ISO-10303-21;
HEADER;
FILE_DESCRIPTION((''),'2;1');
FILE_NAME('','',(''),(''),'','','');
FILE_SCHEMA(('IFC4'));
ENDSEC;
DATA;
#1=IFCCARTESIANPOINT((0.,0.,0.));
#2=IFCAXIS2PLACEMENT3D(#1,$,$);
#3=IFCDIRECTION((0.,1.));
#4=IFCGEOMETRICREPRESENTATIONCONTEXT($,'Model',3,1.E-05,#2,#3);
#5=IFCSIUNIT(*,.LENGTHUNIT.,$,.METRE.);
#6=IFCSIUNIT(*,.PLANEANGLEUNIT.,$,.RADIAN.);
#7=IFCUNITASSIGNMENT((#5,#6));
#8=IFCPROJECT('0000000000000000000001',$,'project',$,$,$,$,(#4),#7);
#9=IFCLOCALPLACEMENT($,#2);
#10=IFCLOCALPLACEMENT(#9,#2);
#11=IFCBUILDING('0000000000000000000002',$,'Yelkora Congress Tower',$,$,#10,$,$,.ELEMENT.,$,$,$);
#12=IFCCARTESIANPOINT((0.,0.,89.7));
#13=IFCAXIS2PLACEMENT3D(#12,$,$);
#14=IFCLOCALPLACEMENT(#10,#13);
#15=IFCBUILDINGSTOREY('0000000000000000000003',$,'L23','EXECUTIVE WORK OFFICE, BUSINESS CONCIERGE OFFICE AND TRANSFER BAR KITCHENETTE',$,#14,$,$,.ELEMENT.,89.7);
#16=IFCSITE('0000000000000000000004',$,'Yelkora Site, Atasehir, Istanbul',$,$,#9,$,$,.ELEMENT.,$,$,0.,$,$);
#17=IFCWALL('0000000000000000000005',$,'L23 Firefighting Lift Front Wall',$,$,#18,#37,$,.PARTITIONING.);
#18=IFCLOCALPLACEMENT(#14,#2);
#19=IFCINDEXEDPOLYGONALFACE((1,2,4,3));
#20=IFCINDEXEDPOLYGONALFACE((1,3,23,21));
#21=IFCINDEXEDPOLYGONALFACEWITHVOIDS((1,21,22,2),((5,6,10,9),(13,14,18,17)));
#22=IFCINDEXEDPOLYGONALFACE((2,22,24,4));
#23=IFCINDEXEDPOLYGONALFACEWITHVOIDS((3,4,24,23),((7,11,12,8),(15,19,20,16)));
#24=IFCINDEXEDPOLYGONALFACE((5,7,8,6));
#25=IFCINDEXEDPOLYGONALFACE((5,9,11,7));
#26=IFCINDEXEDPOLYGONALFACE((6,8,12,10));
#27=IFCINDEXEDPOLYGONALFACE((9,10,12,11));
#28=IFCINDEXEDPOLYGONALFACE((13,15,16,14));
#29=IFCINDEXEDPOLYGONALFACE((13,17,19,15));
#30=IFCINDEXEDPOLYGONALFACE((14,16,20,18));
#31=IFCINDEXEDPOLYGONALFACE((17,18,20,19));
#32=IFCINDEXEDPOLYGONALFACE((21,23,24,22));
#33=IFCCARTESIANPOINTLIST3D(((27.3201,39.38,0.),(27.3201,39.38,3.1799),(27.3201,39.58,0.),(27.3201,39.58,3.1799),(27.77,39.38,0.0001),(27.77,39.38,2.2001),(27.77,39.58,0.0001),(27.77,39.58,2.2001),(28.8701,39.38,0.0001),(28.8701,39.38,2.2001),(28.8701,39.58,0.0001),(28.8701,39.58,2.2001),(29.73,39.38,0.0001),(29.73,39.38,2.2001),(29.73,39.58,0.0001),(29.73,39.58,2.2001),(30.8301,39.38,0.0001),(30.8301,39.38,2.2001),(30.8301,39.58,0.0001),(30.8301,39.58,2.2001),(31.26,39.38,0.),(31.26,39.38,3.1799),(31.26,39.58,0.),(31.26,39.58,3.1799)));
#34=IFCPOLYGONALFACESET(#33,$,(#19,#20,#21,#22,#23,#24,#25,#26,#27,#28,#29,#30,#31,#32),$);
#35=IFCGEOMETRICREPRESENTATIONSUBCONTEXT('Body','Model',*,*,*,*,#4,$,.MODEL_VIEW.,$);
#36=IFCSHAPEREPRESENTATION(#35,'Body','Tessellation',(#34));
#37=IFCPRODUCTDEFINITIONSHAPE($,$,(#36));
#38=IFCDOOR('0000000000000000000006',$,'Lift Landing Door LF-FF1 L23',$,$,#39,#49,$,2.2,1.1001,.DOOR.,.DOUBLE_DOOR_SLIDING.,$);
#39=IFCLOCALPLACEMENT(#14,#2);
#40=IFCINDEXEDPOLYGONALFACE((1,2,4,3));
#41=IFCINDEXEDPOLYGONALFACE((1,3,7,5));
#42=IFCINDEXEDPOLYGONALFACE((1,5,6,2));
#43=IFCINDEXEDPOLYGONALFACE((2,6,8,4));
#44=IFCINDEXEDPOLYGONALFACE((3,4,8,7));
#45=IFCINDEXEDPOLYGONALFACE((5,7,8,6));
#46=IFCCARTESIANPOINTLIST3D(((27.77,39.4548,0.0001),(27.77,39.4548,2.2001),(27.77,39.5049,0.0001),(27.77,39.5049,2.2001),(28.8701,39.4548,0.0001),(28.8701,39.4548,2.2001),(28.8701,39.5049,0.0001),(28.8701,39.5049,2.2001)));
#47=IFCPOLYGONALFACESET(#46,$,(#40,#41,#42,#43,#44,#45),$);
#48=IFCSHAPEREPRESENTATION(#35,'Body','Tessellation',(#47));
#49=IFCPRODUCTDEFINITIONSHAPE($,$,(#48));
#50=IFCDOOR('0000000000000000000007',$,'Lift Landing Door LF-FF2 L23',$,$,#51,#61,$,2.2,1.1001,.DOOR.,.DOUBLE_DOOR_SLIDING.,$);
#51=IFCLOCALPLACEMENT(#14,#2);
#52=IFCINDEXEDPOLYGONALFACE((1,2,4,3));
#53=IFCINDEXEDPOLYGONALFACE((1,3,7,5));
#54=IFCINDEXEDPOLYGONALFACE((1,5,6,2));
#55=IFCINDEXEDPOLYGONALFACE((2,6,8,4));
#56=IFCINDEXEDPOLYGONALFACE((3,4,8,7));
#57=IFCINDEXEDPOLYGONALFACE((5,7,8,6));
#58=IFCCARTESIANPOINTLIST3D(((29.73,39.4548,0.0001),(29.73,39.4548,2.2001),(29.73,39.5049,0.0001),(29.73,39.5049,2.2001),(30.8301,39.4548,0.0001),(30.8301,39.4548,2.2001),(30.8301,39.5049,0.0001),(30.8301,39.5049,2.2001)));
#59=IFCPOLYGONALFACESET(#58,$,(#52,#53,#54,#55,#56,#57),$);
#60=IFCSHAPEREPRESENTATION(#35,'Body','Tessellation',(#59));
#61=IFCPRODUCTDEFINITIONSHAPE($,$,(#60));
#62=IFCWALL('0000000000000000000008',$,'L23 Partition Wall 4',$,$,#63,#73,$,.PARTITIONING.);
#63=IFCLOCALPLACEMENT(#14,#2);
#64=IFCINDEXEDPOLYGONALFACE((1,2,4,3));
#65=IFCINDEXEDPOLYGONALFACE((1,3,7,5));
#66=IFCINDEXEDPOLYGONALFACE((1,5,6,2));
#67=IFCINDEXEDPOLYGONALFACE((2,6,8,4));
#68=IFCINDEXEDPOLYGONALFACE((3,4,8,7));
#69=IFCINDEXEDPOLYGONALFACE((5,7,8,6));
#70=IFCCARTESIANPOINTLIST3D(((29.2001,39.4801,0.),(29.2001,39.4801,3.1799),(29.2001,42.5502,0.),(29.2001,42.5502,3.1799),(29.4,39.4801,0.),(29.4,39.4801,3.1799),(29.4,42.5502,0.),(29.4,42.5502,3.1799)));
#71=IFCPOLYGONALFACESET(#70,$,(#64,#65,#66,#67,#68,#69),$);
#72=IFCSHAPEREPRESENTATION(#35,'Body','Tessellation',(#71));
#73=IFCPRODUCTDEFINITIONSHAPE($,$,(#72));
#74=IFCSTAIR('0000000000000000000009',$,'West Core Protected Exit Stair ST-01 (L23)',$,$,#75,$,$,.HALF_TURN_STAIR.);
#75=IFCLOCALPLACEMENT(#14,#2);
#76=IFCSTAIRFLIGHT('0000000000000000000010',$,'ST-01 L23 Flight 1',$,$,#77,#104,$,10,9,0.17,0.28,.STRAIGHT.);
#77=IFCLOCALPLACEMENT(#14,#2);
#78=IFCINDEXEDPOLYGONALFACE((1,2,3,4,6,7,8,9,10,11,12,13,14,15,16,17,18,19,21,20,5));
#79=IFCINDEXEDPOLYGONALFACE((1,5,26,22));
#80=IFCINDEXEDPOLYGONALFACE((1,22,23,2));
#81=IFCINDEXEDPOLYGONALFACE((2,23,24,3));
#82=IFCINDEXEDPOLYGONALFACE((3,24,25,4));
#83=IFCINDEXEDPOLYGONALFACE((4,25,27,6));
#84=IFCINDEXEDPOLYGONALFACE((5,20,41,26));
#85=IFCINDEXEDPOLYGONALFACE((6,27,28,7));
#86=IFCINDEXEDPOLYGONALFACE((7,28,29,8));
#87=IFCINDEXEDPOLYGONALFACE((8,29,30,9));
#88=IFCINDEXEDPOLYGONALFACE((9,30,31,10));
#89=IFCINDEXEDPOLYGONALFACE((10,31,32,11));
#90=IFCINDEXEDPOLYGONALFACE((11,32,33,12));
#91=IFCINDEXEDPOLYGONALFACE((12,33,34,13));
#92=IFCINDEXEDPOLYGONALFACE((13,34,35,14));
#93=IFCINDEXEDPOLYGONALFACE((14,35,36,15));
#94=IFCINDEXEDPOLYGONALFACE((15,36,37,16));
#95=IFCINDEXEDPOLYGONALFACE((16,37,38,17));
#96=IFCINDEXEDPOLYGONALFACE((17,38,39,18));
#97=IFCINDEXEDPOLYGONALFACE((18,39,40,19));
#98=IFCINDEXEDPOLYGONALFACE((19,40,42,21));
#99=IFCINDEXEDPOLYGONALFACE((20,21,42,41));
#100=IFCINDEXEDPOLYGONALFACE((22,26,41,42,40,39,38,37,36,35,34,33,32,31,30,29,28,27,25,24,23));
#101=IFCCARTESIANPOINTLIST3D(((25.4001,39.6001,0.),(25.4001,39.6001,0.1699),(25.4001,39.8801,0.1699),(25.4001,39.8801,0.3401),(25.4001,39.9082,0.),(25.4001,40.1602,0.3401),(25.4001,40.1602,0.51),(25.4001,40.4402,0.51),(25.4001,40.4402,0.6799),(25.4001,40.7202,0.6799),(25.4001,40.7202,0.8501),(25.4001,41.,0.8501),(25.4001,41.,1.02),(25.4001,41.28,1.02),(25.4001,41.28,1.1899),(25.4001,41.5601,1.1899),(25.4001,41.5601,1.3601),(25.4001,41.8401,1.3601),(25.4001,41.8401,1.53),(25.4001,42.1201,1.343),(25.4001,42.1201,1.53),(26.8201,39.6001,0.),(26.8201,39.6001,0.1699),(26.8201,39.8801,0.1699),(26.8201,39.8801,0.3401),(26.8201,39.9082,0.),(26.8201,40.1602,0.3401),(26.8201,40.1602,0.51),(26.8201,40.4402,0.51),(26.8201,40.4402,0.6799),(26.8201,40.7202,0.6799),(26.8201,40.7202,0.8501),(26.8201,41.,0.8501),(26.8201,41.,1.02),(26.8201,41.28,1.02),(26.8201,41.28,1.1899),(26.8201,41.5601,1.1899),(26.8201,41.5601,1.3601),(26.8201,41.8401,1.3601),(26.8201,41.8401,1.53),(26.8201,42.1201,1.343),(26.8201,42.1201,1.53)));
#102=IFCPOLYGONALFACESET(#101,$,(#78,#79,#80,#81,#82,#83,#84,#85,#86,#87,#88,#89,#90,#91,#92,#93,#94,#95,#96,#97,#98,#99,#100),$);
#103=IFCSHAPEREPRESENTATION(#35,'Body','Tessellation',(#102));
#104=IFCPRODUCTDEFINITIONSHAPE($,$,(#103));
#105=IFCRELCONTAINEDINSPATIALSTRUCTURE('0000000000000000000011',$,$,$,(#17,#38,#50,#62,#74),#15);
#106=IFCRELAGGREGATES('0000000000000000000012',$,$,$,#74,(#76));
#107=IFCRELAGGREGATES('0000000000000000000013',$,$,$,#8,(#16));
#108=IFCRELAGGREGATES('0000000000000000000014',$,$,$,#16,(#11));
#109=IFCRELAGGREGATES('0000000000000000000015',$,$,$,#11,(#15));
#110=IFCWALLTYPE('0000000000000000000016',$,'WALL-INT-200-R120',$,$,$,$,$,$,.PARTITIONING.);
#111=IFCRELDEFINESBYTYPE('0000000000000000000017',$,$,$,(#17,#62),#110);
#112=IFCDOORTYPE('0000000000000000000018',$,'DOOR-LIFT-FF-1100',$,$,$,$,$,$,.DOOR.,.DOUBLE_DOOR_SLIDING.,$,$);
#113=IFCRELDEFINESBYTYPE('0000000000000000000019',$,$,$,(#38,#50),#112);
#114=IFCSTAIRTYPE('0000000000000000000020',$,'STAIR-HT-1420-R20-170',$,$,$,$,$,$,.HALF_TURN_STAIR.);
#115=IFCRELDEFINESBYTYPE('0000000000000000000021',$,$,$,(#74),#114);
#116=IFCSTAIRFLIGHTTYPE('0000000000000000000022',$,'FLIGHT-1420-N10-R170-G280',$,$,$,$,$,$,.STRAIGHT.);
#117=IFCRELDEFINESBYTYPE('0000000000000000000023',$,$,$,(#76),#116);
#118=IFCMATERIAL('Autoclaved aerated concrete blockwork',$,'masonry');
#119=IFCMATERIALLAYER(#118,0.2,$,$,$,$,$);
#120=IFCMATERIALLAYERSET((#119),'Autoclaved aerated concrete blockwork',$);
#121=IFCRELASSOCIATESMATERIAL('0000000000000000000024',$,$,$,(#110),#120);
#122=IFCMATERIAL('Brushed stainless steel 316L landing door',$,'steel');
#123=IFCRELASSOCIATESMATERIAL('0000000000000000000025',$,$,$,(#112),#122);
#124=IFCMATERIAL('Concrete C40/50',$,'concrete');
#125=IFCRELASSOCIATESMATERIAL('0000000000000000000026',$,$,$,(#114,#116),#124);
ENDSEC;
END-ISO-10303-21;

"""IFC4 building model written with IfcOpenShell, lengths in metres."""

from ifc_helpers import new_model, si_unit, direction, frame, frame_2d, origin, place, context, subcontext, project, spatial, polyline, rectangle, outline, extrude, material, layer, layer_set, type_object, element, fill, aggregate, save


model = new_model("IFC4")

# Units and contexts
model_context = context("Model", 3, precision=1e-05, world=origin(), true_north=direction((0.0, 1.0)))
body_context = subcontext(model_context, "Body", "Model", "MODEL_VIEW")
ifc_project = project(units=[si_unit("LENGTHUNIT", "METRE"), si_unit("PLANEANGLEUNIT", "RADIAN")], contexts=[model_context])

# Site, building, storey
site_placement = place(None, origin())
site = spatial("IfcSite", under=ifc_project, at=site_placement, Name="Yelkora Site, Atasehir, Istanbul", CompositionType="ELEMENT", RefElevation=0.0)
building_placement = place(site_placement, origin())
building = spatial("IfcBuilding", under=site, at=building_placement, Name="Yelkora Congress Tower", CompositionType="ELEMENT")
storey_placement = place(building_placement, frame((0.0, 0.0, 89.7)))
storey = spatial("IfcBuildingStorey", under=building, at=storey_placement, Name="L23", Description="EXECUTIVE WORK OFFICE, BUSINESS CONCIERGE OFFICE AND TRANSFER BAR KITCHENETTE", CompositionType="ELEMENT", Elevation=89.7)

# Shared definitions
ifc_material_1 = material(Name="Autoclaved aerated concrete blockwork", Category="masonry")
ifc_layer_1 = layer(ifc_material_1, 0.2)
ifc_layer_set_1 = layer_set([ifc_layer_1], Name="Autoclaved aerated concrete blockwork")
wall_type_1 = type_object("IfcWallType", Name="WALL-INT-200-R120", PredefinedType="PARTITIONING", material=ifc_layer_set_1)

# Wall, openings, doors
wall_1_placement = place(storey_placement, frame((27.3201, 39.48, 0.0), z_axis=(0.0, 0.0, 1.0), x_axis=(1.0, 0.0, 0.0)))
wall_1 = element("IfcWall", 1, at=wall_1_placement, inside=storey, type_object=wall_type_1, Name="L23 Firefighting Lift Front Wall", PredefinedType="PARTITIONING", context=body_context, shape_type="SweptSolid", body=[
    extrude(rectangle(XDim=3.9399, YDim=0.2, at=frame_2d((1.97, 0.0))), origin(), (0.0, 0.0, 1.0), 3.1799),
])
opening_1_placement = place(wall_1_placement, frame((0.45, 0.0, 0.0)))
opening_1 = element("IfcOpeningElement", 2, at=opening_1_placement, cuts=wall_1, PredefinedType="OPENING", context=body_context, shape_type="SweptSolid", body=[
    extrude(rectangle(XDim=1.1001, YDim=2.2, at=frame_2d((0.55, 1.1001))), frame((0.0, 0.1099, 0.0), z_axis=(0.0, -1.0, 0.0), x_axis=(1.0, 0.0, 0.0)), (0.0, 0.0, 1.0), 0.22),
])
opening_2_placement = place(wall_1_placement, frame((2.4099, 0.0, 0.0)))
opening_2 = element("IfcOpeningElement", 3, at=opening_2_placement, cuts=wall_1, PredefinedType="OPENING", context=body_context, shape_type="SweptSolid", body=[
    extrude(rectangle(XDim=1.1001, YDim=2.2, at=frame_2d((0.55, 1.1001))), frame((0.0, 0.1099, 0.0), z_axis=(0.0, -1.0, 0.0), x_axis=(1.0, 0.0, 0.0)), (0.0, 0.0, 1.0), 0.22),
])
ifc_material_2 = material(Name="Brushed stainless steel 316L landing door", Category="steel")
door_type_1 = type_object("IfcDoorType", Name="DOOR-LIFT-FF-1100", OperationType="DOUBLE_DOOR_SLIDING", PredefinedType="DOOR", material=ifc_material_2)
door_1_placement = place(opening_1_placement, origin())
door_1 = element("IfcDoor", 4, at=door_1_placement, inside=storey, type_object=door_type_1, Name="Lift Landing Door LF-FF1 L23", OperationType="DOUBLE_DOOR_SLIDING", OverallHeight=2.2, OverallWidth=1.1001, PredefinedType="DOOR", context=body_context, shape_type="SweptSolid", body=[
    extrude(rectangle(XDim=1.1001, YDim=2.2, at=frame_2d((0.55, 1.1001))), frame((0.0, 0.0249, 0.0), z_axis=(0.0, -1.0, 0.0), x_axis=(1.0, 0.0, 0.0)), (0.0, 0.0, 1.0), 0.05),
])
fill(opening_1, door_1)
door_2_placement = place(opening_2_placement, origin())
door_2 = element("IfcDoor", 5, at=door_2_placement, inside=storey, type_object=door_type_1, Name="Lift Landing Door LF-FF2 L23", OperationType="DOUBLE_DOOR_SLIDING", OverallHeight=2.2, OverallWidth=1.1001, PredefinedType="DOOR", context=body_context, shape_type="SweptSolid", body=[
    extrude(rectangle(XDim=1.1001, YDim=2.2, at=frame_2d((0.55, 1.1001))), frame((0.0, 0.0249, 0.0), z_axis=(0.0, -1.0, 0.0), x_axis=(1.0, 0.0, 0.0)), (0.0, 0.0, 1.0), 0.05),
])
fill(opening_2, door_2)

# Wall
wall_2_placement = place(storey_placement, frame((29.3, 39.48, 0.0), z_axis=(0.0, 0.0, 1.0), x_axis=(0.0, 1.0, 0.0)))
element("IfcWall", 6, at=wall_2_placement, inside=storey, type_object=wall_type_1, Name="L23 Partition Wall 4", PredefinedType="PARTITIONING", context=body_context, shape_type="SweptSolid", body=[
    extrude(rectangle(XDim=3.0701, YDim=0.2, at=frame_2d((1.5352, 0.0))), origin(), (0.0, 0.0, 1.0), 3.1799),
])

# Stair, stair flight
ifc_material_3 = material(Name="Concrete C40/50", Category="concrete")
stair_type = type_object("IfcStairType", Name="STAIR-HT-1420-R20-170", PredefinedType="HALF_TURN_STAIR", material=ifc_material_3)
stair_placement = place(storey_placement, origin())
stair = element("IfcStair", 7, at=stair_placement, inside=storey, type_object=stair_type, Name="West Core Protected Exit Stair ST-01 (L23)", PredefinedType="HALF_TURN_STAIR")
stair_flight_type = type_object("IfcStairFlightType", Name="FLIGHT-1420-N10-R170-G280", PredefinedType="STRAIGHT", material=ifc_material_3)
stair_flight_placement = place(storey_placement, frame((26.1101, 39.6001, 0.0), z_axis=(0.0, 0.0, 1.0), x_axis=(0.0, 1.0, 0.0)))
stair_flight = element("IfcStairFlight", 8, at=stair_flight_placement, type_object=stair_flight_type, Name="ST-01 L23 Flight 1", NumberOfRisers=10, NumberOfTreads=9, PredefinedType="STRAIGHT", RiserHeight=0.17, TreadLength=0.28, context=body_context, shape_type="SweptSolid", body=[
    extrude(outline(polyline([(0.0, 0.0), (0.0, 0.1699), (0.28, 0.1699), (0.28, 0.3401), (0.5601, 0.3401), (0.5601, 0.51), (0.8401, 0.51), (0.8401, 0.6799), (1.1201, 0.6799), (1.1201, 0.8501), (1.3999, 0.8501), (1.3999, 1.02), (1.6799, 1.02), (1.6799, 1.1899), (1.96, 1.1899), (1.96, 1.3601), (2.24, 1.3601), (2.24, 1.53), (2.52, 1.53), (2.52, 1.7), (2.52, 1.343), (0.3081, 0.0), (0.0, 0.0)])), frame((0.0, 0.71, 0.0), z_axis=(0.0, -1.0, 0.0), x_axis=(1.0, 0.0, 0.0)), (0.0, 0.0, 1.0), 1.4199),
])
aggregate(stair, [stair_flight])

save(model, "model.ifc")
